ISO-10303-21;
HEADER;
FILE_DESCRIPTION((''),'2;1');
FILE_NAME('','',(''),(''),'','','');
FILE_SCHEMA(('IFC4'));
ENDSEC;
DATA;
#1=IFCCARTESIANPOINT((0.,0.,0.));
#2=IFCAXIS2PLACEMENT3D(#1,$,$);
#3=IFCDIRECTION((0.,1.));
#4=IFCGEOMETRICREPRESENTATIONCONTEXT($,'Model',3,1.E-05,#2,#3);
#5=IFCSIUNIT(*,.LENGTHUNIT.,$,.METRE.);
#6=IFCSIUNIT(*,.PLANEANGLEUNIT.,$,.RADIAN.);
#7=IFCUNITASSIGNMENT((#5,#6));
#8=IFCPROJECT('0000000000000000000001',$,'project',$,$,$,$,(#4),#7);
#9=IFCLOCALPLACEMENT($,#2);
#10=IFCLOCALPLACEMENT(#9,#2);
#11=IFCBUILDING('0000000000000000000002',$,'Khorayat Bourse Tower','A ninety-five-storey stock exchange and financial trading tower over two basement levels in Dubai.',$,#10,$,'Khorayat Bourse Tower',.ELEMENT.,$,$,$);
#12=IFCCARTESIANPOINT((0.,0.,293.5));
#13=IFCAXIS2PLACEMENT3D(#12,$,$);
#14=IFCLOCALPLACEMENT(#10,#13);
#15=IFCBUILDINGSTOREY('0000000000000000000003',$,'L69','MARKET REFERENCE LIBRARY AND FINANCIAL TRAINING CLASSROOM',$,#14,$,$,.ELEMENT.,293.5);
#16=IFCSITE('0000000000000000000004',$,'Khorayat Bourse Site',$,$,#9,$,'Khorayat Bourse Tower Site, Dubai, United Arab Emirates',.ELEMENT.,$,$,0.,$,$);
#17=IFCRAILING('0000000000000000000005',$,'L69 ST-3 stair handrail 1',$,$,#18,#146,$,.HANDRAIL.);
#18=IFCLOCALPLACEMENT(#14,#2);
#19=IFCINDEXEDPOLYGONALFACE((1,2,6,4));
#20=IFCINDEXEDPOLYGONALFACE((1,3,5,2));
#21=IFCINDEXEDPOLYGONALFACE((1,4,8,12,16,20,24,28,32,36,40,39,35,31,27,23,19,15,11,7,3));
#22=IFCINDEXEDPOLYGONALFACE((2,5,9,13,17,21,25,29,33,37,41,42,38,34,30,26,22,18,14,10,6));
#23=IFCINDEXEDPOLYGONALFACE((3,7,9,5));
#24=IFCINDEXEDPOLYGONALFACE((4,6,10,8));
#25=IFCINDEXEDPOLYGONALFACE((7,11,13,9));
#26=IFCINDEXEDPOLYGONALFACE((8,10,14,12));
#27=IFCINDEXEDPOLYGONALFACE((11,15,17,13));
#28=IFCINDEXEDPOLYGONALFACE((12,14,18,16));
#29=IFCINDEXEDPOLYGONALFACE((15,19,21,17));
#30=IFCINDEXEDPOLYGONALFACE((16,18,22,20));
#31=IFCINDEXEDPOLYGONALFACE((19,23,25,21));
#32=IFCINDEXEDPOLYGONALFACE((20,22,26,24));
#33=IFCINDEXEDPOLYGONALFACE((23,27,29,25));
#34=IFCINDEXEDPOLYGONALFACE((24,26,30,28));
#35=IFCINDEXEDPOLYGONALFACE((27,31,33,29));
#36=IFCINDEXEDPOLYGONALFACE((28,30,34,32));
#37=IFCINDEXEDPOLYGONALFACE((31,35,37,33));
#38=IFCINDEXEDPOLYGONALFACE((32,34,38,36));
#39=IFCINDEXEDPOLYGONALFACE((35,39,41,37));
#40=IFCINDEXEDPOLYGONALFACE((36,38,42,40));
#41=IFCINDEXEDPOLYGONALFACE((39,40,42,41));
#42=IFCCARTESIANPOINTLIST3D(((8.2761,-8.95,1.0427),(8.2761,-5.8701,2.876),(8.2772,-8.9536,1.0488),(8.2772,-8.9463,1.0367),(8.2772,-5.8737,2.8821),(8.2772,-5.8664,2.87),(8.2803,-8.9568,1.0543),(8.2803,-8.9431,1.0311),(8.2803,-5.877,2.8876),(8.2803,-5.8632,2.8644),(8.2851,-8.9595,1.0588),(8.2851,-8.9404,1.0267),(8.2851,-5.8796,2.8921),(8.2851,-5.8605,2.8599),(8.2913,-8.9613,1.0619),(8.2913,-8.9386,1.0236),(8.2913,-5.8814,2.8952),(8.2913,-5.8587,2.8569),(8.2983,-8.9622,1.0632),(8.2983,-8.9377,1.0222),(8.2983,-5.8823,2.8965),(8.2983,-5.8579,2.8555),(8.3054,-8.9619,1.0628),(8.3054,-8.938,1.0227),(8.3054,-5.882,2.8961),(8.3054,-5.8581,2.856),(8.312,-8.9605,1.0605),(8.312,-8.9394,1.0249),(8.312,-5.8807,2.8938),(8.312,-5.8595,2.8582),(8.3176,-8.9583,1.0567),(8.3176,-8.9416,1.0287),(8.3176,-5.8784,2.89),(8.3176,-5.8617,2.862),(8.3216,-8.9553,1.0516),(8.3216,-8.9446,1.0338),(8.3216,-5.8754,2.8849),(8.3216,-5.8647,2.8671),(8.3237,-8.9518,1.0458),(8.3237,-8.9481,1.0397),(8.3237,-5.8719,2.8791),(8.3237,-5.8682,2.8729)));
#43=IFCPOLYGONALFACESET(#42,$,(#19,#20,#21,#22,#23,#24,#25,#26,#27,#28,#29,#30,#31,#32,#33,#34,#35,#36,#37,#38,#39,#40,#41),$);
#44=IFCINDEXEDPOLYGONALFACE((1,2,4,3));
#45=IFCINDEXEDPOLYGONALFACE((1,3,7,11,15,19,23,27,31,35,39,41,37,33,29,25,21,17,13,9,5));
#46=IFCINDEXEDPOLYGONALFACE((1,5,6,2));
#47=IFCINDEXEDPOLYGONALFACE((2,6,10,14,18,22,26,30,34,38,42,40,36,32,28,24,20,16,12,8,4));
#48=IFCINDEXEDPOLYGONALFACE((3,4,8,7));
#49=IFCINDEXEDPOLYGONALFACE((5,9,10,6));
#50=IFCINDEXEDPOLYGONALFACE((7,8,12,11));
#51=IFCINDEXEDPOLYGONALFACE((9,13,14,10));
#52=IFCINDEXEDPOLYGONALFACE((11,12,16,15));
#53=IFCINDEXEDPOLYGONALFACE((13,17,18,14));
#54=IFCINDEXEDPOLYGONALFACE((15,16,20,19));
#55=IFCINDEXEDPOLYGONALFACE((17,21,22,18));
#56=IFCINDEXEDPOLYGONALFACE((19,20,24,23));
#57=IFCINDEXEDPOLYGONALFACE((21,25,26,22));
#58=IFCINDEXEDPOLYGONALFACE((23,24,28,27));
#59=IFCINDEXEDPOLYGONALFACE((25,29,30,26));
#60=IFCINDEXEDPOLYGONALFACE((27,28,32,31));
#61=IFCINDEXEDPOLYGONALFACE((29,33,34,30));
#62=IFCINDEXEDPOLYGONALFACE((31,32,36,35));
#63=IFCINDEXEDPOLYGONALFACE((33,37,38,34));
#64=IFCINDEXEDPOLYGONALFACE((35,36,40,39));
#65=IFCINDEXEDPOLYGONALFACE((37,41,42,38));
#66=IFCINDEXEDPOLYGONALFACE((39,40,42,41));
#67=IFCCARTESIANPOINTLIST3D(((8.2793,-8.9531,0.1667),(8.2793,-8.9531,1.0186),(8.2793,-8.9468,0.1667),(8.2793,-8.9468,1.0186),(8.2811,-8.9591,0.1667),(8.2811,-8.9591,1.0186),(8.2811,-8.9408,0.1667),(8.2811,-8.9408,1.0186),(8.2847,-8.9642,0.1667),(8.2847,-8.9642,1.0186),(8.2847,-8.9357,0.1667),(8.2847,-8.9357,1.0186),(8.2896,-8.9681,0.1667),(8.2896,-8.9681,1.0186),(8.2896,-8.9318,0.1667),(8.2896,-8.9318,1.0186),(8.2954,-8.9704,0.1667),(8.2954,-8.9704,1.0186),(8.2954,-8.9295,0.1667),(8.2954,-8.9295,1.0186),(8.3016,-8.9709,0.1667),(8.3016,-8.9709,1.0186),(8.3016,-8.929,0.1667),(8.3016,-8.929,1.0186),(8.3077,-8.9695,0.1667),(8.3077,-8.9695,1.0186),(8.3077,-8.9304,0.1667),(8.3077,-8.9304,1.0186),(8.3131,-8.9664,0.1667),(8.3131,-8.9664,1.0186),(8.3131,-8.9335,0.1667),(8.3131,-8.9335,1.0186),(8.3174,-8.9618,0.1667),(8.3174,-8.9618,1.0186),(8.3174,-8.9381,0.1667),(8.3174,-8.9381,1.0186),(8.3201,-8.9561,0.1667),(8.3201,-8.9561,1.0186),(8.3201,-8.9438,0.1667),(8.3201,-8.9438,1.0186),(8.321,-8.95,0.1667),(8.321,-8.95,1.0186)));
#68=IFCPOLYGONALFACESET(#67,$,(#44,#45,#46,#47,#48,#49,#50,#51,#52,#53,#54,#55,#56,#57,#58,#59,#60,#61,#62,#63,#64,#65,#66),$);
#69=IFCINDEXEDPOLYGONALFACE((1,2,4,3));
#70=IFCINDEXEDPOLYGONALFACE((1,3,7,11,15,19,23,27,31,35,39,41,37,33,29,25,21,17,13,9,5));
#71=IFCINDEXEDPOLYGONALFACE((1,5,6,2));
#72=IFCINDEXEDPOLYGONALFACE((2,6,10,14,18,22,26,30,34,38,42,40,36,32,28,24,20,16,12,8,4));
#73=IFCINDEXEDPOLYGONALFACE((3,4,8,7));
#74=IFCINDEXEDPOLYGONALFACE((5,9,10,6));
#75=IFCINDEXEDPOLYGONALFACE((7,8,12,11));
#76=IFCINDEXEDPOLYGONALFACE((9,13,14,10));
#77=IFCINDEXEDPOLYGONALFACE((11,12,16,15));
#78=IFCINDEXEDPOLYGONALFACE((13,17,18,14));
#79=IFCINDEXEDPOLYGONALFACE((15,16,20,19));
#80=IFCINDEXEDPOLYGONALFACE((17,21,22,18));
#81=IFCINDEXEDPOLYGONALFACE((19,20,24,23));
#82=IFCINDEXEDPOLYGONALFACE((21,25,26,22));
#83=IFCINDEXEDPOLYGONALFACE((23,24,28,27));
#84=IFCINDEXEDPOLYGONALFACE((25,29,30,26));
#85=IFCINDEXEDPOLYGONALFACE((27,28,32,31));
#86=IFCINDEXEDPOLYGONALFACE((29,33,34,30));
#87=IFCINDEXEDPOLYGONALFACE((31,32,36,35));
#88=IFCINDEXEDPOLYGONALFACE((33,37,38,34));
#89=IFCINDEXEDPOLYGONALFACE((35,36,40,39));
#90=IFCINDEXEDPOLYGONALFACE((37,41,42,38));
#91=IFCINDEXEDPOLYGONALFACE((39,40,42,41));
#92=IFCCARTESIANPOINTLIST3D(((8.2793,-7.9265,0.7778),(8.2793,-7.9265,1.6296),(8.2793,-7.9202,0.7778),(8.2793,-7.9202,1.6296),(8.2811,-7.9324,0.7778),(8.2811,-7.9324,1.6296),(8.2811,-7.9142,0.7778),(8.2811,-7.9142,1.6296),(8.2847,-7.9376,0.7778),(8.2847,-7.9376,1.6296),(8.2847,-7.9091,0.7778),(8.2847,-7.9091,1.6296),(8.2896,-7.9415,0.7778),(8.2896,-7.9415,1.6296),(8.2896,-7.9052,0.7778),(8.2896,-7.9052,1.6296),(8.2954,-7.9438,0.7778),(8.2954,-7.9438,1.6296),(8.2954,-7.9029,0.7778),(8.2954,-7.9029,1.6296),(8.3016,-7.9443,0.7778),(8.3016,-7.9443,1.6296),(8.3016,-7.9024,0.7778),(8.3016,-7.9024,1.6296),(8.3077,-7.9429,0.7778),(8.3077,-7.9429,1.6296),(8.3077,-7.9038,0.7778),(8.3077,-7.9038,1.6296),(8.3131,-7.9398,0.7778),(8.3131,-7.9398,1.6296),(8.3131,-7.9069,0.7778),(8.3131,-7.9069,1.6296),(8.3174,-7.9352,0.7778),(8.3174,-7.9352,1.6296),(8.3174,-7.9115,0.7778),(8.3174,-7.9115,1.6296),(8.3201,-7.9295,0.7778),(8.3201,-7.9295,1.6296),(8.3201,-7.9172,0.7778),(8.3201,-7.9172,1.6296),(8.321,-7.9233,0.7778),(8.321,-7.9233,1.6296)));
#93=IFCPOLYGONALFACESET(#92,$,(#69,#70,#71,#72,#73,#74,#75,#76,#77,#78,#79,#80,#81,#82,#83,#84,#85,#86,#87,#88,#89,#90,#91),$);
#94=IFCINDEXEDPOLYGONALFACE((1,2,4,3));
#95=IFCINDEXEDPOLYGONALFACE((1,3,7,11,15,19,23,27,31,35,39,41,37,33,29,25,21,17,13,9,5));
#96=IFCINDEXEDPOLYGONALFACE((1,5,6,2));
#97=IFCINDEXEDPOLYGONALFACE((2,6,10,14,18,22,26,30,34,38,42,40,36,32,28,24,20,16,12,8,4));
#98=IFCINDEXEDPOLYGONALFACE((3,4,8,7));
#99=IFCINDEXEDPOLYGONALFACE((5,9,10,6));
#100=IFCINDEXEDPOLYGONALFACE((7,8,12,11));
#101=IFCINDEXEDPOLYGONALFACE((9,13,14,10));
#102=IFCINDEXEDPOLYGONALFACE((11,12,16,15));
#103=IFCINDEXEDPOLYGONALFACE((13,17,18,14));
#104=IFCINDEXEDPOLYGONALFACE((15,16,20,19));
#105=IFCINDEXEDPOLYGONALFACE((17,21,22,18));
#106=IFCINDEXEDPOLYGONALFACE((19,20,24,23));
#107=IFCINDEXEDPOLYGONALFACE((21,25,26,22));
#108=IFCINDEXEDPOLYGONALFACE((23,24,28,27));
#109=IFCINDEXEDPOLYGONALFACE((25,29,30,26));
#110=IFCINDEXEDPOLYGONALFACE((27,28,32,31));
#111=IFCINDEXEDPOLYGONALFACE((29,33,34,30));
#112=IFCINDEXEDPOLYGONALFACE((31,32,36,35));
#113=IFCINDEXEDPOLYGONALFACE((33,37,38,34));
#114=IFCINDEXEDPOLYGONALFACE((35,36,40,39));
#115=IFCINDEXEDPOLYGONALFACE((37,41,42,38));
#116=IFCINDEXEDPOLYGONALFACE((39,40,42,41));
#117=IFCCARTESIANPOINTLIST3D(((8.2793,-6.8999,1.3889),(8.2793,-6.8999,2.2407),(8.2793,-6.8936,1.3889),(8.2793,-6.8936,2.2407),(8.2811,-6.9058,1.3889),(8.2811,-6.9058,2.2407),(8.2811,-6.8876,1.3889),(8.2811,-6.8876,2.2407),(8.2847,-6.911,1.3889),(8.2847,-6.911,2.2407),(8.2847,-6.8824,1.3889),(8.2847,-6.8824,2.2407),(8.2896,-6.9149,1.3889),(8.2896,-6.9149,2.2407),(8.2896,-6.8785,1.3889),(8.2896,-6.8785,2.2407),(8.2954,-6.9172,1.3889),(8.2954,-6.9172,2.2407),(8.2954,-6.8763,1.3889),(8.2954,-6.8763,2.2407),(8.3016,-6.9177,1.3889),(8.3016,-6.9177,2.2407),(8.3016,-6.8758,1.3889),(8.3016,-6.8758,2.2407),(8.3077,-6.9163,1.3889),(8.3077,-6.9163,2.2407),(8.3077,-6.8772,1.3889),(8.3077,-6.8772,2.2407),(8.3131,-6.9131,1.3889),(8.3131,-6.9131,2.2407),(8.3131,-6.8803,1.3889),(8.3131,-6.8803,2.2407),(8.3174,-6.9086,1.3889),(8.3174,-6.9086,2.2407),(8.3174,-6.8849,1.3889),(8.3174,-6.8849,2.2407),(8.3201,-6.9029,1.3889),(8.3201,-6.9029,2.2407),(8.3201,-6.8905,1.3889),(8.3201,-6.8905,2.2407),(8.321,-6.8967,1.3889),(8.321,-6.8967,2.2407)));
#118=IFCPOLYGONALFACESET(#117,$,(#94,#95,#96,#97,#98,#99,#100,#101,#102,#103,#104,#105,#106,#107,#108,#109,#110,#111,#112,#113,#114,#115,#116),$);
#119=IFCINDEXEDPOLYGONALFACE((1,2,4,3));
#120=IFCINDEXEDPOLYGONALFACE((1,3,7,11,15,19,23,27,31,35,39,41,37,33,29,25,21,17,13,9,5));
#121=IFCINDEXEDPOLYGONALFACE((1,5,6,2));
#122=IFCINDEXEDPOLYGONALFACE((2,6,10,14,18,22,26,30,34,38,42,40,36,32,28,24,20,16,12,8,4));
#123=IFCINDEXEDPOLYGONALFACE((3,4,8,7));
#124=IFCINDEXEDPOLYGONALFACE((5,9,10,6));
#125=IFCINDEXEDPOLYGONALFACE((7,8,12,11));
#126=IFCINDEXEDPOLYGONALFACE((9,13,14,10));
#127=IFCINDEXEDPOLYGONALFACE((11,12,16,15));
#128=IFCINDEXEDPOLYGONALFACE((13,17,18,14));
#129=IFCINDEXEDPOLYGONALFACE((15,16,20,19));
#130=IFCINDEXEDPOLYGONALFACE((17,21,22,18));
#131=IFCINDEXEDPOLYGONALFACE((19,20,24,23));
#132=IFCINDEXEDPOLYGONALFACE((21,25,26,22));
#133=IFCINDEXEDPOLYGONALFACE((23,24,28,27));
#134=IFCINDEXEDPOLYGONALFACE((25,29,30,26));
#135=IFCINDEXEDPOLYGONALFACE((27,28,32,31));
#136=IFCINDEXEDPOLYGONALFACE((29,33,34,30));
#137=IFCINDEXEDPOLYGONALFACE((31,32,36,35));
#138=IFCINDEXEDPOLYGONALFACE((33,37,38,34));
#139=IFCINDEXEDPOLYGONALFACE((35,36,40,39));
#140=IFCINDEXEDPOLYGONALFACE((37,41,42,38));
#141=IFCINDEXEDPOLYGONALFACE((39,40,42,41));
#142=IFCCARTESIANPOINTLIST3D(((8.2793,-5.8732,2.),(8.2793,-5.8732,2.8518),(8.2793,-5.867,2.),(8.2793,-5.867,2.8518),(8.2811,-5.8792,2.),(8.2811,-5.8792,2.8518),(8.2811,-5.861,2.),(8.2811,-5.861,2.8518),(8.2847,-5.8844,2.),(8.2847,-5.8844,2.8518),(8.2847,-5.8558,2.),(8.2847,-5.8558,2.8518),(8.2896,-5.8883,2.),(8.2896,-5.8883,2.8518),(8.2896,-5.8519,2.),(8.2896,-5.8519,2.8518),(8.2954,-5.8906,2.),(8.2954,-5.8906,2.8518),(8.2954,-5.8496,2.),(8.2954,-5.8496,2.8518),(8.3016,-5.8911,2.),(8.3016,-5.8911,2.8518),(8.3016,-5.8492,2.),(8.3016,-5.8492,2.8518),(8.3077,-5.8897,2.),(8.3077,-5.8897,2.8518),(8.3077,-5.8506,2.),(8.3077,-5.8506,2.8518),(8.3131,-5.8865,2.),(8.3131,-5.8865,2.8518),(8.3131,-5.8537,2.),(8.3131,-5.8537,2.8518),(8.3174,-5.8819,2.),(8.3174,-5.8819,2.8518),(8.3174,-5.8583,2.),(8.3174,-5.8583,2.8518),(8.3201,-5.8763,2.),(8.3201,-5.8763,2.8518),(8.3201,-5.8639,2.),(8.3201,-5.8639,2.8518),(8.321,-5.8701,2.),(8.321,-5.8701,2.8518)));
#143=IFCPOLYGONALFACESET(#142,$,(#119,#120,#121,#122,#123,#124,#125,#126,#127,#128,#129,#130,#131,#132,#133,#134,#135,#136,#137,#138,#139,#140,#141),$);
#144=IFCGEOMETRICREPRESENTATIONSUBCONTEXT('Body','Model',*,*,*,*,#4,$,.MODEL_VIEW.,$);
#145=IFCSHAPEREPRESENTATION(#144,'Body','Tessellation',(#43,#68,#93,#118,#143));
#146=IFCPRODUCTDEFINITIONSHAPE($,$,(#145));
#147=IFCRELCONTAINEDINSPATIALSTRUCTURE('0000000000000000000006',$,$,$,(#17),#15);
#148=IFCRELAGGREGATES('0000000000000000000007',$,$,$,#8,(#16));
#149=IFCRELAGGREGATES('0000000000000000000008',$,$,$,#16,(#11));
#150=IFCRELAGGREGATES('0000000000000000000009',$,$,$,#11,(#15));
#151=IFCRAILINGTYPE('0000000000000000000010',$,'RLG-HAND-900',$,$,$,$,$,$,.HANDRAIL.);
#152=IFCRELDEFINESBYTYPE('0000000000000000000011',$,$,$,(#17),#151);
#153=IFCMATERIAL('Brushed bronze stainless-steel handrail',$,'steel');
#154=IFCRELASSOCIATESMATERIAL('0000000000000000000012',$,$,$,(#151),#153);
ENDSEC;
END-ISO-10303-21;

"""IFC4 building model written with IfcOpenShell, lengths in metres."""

from ifc_helpers import new_model, si_unit, direction, frame, origin, origin_2d, place, context, subcontext, project, spatial, circle, extrude, source, transform, mapped, material, type_object, element, save


model = new_model("IFC4")

# Units and contexts
model_context = context("Model", 3, precision=1e-05, world=origin(), true_north=direction((0.0, 1.0)))
body_context = subcontext(model_context, "Body", "Model", "MODEL_VIEW")
ifc_project = project(units=[si_unit("LENGTHUNIT", "METRE"), si_unit("PLANEANGLEUNIT", "RADIAN")], contexts=[model_context])

# Site, building, storey
site_placement = place(None, origin())
site = spatial("IfcSite", under=ifc_project, at=site_placement, Name="Khorayat Bourse Site", LongName="Khorayat Bourse Tower Site, Dubai, United Arab Emirates", CompositionType="ELEMENT", RefElevation=0.0)
building_placement = place(site_placement, origin())
building = spatial("IfcBuilding", under=site, at=building_placement, Name="Khorayat Bourse Tower", Description="A ninety-five-storey stock exchange and financial trading tower over two basement levels in Dubai.", LongName="Khorayat Bourse Tower", CompositionType="ELEMENT")
storey_placement = place(building_placement, frame((0.0, 0.0, 293.5)))
storey = spatial("IfcBuildingStorey", under=building, at=storey_placement, Name="L69", Description="MARKET REFERENCE LIBRARY AND FINANCIAL TRAINING CLASSROOM", CompositionType="ELEMENT", Elevation=293.5)

# Railing
ifc_material_1 = material(Name="Brushed bronze stainless-steel handrail", Category="steel")
railing_type_1 = type_object("IfcRailingType", Name="RLG-HAND-900", PredefinedType="HANDRAIL", material=ifc_material_1)
shared_shape_1 = source(origin(), body_context, "Body", "SweptSolid", [
    extrude(circle(Radius=0.0239, at=origin_2d()), frame((0.0, 0.0, 0.876), z_axis=(0.0, 0.859291, 0.511487), x_axis=(-1.0, 0.0, 0.0)), (0.0, 0.0, 1.0), 3.5842),
    extrude(circle(Radius=0.021, at=origin_2d()), origin(), (0.0, 0.0, 1.0), 0.8518),
    extrude(circle(Radius=0.021, at=origin_2d()), frame((0.0, 1.0266, 0.6111)), (0.0, 0.0, 1.0), 0.8518),
    extrude(circle(Radius=0.021, at=origin_2d()), frame((0.0, 2.0532, 1.2222)), (0.0, 0.0, 1.0), 0.8518),
    extrude(circle(Radius=0.021, at=origin_2d()), frame((0.0, 3.0798, 1.8333)), (0.0, 0.0, 1.0), 0.8518),
])
railing_1_placement = place(storey_placement, frame((8.3, -8.95, 0.1667)))
element("IfcRailing", 1, at=railing_1_placement, inside=storey, type_object=railing_type_1, Name="L69 ST-3 stair handrail 1", PredefinedType="HANDRAIL", context=body_context, shape_type="MappedRepresentation", body=[
    mapped(shared_shape_1, transform((0.0, 0.0, 0.0), scale=1.0)),
])

save(model, "model.ifc")
